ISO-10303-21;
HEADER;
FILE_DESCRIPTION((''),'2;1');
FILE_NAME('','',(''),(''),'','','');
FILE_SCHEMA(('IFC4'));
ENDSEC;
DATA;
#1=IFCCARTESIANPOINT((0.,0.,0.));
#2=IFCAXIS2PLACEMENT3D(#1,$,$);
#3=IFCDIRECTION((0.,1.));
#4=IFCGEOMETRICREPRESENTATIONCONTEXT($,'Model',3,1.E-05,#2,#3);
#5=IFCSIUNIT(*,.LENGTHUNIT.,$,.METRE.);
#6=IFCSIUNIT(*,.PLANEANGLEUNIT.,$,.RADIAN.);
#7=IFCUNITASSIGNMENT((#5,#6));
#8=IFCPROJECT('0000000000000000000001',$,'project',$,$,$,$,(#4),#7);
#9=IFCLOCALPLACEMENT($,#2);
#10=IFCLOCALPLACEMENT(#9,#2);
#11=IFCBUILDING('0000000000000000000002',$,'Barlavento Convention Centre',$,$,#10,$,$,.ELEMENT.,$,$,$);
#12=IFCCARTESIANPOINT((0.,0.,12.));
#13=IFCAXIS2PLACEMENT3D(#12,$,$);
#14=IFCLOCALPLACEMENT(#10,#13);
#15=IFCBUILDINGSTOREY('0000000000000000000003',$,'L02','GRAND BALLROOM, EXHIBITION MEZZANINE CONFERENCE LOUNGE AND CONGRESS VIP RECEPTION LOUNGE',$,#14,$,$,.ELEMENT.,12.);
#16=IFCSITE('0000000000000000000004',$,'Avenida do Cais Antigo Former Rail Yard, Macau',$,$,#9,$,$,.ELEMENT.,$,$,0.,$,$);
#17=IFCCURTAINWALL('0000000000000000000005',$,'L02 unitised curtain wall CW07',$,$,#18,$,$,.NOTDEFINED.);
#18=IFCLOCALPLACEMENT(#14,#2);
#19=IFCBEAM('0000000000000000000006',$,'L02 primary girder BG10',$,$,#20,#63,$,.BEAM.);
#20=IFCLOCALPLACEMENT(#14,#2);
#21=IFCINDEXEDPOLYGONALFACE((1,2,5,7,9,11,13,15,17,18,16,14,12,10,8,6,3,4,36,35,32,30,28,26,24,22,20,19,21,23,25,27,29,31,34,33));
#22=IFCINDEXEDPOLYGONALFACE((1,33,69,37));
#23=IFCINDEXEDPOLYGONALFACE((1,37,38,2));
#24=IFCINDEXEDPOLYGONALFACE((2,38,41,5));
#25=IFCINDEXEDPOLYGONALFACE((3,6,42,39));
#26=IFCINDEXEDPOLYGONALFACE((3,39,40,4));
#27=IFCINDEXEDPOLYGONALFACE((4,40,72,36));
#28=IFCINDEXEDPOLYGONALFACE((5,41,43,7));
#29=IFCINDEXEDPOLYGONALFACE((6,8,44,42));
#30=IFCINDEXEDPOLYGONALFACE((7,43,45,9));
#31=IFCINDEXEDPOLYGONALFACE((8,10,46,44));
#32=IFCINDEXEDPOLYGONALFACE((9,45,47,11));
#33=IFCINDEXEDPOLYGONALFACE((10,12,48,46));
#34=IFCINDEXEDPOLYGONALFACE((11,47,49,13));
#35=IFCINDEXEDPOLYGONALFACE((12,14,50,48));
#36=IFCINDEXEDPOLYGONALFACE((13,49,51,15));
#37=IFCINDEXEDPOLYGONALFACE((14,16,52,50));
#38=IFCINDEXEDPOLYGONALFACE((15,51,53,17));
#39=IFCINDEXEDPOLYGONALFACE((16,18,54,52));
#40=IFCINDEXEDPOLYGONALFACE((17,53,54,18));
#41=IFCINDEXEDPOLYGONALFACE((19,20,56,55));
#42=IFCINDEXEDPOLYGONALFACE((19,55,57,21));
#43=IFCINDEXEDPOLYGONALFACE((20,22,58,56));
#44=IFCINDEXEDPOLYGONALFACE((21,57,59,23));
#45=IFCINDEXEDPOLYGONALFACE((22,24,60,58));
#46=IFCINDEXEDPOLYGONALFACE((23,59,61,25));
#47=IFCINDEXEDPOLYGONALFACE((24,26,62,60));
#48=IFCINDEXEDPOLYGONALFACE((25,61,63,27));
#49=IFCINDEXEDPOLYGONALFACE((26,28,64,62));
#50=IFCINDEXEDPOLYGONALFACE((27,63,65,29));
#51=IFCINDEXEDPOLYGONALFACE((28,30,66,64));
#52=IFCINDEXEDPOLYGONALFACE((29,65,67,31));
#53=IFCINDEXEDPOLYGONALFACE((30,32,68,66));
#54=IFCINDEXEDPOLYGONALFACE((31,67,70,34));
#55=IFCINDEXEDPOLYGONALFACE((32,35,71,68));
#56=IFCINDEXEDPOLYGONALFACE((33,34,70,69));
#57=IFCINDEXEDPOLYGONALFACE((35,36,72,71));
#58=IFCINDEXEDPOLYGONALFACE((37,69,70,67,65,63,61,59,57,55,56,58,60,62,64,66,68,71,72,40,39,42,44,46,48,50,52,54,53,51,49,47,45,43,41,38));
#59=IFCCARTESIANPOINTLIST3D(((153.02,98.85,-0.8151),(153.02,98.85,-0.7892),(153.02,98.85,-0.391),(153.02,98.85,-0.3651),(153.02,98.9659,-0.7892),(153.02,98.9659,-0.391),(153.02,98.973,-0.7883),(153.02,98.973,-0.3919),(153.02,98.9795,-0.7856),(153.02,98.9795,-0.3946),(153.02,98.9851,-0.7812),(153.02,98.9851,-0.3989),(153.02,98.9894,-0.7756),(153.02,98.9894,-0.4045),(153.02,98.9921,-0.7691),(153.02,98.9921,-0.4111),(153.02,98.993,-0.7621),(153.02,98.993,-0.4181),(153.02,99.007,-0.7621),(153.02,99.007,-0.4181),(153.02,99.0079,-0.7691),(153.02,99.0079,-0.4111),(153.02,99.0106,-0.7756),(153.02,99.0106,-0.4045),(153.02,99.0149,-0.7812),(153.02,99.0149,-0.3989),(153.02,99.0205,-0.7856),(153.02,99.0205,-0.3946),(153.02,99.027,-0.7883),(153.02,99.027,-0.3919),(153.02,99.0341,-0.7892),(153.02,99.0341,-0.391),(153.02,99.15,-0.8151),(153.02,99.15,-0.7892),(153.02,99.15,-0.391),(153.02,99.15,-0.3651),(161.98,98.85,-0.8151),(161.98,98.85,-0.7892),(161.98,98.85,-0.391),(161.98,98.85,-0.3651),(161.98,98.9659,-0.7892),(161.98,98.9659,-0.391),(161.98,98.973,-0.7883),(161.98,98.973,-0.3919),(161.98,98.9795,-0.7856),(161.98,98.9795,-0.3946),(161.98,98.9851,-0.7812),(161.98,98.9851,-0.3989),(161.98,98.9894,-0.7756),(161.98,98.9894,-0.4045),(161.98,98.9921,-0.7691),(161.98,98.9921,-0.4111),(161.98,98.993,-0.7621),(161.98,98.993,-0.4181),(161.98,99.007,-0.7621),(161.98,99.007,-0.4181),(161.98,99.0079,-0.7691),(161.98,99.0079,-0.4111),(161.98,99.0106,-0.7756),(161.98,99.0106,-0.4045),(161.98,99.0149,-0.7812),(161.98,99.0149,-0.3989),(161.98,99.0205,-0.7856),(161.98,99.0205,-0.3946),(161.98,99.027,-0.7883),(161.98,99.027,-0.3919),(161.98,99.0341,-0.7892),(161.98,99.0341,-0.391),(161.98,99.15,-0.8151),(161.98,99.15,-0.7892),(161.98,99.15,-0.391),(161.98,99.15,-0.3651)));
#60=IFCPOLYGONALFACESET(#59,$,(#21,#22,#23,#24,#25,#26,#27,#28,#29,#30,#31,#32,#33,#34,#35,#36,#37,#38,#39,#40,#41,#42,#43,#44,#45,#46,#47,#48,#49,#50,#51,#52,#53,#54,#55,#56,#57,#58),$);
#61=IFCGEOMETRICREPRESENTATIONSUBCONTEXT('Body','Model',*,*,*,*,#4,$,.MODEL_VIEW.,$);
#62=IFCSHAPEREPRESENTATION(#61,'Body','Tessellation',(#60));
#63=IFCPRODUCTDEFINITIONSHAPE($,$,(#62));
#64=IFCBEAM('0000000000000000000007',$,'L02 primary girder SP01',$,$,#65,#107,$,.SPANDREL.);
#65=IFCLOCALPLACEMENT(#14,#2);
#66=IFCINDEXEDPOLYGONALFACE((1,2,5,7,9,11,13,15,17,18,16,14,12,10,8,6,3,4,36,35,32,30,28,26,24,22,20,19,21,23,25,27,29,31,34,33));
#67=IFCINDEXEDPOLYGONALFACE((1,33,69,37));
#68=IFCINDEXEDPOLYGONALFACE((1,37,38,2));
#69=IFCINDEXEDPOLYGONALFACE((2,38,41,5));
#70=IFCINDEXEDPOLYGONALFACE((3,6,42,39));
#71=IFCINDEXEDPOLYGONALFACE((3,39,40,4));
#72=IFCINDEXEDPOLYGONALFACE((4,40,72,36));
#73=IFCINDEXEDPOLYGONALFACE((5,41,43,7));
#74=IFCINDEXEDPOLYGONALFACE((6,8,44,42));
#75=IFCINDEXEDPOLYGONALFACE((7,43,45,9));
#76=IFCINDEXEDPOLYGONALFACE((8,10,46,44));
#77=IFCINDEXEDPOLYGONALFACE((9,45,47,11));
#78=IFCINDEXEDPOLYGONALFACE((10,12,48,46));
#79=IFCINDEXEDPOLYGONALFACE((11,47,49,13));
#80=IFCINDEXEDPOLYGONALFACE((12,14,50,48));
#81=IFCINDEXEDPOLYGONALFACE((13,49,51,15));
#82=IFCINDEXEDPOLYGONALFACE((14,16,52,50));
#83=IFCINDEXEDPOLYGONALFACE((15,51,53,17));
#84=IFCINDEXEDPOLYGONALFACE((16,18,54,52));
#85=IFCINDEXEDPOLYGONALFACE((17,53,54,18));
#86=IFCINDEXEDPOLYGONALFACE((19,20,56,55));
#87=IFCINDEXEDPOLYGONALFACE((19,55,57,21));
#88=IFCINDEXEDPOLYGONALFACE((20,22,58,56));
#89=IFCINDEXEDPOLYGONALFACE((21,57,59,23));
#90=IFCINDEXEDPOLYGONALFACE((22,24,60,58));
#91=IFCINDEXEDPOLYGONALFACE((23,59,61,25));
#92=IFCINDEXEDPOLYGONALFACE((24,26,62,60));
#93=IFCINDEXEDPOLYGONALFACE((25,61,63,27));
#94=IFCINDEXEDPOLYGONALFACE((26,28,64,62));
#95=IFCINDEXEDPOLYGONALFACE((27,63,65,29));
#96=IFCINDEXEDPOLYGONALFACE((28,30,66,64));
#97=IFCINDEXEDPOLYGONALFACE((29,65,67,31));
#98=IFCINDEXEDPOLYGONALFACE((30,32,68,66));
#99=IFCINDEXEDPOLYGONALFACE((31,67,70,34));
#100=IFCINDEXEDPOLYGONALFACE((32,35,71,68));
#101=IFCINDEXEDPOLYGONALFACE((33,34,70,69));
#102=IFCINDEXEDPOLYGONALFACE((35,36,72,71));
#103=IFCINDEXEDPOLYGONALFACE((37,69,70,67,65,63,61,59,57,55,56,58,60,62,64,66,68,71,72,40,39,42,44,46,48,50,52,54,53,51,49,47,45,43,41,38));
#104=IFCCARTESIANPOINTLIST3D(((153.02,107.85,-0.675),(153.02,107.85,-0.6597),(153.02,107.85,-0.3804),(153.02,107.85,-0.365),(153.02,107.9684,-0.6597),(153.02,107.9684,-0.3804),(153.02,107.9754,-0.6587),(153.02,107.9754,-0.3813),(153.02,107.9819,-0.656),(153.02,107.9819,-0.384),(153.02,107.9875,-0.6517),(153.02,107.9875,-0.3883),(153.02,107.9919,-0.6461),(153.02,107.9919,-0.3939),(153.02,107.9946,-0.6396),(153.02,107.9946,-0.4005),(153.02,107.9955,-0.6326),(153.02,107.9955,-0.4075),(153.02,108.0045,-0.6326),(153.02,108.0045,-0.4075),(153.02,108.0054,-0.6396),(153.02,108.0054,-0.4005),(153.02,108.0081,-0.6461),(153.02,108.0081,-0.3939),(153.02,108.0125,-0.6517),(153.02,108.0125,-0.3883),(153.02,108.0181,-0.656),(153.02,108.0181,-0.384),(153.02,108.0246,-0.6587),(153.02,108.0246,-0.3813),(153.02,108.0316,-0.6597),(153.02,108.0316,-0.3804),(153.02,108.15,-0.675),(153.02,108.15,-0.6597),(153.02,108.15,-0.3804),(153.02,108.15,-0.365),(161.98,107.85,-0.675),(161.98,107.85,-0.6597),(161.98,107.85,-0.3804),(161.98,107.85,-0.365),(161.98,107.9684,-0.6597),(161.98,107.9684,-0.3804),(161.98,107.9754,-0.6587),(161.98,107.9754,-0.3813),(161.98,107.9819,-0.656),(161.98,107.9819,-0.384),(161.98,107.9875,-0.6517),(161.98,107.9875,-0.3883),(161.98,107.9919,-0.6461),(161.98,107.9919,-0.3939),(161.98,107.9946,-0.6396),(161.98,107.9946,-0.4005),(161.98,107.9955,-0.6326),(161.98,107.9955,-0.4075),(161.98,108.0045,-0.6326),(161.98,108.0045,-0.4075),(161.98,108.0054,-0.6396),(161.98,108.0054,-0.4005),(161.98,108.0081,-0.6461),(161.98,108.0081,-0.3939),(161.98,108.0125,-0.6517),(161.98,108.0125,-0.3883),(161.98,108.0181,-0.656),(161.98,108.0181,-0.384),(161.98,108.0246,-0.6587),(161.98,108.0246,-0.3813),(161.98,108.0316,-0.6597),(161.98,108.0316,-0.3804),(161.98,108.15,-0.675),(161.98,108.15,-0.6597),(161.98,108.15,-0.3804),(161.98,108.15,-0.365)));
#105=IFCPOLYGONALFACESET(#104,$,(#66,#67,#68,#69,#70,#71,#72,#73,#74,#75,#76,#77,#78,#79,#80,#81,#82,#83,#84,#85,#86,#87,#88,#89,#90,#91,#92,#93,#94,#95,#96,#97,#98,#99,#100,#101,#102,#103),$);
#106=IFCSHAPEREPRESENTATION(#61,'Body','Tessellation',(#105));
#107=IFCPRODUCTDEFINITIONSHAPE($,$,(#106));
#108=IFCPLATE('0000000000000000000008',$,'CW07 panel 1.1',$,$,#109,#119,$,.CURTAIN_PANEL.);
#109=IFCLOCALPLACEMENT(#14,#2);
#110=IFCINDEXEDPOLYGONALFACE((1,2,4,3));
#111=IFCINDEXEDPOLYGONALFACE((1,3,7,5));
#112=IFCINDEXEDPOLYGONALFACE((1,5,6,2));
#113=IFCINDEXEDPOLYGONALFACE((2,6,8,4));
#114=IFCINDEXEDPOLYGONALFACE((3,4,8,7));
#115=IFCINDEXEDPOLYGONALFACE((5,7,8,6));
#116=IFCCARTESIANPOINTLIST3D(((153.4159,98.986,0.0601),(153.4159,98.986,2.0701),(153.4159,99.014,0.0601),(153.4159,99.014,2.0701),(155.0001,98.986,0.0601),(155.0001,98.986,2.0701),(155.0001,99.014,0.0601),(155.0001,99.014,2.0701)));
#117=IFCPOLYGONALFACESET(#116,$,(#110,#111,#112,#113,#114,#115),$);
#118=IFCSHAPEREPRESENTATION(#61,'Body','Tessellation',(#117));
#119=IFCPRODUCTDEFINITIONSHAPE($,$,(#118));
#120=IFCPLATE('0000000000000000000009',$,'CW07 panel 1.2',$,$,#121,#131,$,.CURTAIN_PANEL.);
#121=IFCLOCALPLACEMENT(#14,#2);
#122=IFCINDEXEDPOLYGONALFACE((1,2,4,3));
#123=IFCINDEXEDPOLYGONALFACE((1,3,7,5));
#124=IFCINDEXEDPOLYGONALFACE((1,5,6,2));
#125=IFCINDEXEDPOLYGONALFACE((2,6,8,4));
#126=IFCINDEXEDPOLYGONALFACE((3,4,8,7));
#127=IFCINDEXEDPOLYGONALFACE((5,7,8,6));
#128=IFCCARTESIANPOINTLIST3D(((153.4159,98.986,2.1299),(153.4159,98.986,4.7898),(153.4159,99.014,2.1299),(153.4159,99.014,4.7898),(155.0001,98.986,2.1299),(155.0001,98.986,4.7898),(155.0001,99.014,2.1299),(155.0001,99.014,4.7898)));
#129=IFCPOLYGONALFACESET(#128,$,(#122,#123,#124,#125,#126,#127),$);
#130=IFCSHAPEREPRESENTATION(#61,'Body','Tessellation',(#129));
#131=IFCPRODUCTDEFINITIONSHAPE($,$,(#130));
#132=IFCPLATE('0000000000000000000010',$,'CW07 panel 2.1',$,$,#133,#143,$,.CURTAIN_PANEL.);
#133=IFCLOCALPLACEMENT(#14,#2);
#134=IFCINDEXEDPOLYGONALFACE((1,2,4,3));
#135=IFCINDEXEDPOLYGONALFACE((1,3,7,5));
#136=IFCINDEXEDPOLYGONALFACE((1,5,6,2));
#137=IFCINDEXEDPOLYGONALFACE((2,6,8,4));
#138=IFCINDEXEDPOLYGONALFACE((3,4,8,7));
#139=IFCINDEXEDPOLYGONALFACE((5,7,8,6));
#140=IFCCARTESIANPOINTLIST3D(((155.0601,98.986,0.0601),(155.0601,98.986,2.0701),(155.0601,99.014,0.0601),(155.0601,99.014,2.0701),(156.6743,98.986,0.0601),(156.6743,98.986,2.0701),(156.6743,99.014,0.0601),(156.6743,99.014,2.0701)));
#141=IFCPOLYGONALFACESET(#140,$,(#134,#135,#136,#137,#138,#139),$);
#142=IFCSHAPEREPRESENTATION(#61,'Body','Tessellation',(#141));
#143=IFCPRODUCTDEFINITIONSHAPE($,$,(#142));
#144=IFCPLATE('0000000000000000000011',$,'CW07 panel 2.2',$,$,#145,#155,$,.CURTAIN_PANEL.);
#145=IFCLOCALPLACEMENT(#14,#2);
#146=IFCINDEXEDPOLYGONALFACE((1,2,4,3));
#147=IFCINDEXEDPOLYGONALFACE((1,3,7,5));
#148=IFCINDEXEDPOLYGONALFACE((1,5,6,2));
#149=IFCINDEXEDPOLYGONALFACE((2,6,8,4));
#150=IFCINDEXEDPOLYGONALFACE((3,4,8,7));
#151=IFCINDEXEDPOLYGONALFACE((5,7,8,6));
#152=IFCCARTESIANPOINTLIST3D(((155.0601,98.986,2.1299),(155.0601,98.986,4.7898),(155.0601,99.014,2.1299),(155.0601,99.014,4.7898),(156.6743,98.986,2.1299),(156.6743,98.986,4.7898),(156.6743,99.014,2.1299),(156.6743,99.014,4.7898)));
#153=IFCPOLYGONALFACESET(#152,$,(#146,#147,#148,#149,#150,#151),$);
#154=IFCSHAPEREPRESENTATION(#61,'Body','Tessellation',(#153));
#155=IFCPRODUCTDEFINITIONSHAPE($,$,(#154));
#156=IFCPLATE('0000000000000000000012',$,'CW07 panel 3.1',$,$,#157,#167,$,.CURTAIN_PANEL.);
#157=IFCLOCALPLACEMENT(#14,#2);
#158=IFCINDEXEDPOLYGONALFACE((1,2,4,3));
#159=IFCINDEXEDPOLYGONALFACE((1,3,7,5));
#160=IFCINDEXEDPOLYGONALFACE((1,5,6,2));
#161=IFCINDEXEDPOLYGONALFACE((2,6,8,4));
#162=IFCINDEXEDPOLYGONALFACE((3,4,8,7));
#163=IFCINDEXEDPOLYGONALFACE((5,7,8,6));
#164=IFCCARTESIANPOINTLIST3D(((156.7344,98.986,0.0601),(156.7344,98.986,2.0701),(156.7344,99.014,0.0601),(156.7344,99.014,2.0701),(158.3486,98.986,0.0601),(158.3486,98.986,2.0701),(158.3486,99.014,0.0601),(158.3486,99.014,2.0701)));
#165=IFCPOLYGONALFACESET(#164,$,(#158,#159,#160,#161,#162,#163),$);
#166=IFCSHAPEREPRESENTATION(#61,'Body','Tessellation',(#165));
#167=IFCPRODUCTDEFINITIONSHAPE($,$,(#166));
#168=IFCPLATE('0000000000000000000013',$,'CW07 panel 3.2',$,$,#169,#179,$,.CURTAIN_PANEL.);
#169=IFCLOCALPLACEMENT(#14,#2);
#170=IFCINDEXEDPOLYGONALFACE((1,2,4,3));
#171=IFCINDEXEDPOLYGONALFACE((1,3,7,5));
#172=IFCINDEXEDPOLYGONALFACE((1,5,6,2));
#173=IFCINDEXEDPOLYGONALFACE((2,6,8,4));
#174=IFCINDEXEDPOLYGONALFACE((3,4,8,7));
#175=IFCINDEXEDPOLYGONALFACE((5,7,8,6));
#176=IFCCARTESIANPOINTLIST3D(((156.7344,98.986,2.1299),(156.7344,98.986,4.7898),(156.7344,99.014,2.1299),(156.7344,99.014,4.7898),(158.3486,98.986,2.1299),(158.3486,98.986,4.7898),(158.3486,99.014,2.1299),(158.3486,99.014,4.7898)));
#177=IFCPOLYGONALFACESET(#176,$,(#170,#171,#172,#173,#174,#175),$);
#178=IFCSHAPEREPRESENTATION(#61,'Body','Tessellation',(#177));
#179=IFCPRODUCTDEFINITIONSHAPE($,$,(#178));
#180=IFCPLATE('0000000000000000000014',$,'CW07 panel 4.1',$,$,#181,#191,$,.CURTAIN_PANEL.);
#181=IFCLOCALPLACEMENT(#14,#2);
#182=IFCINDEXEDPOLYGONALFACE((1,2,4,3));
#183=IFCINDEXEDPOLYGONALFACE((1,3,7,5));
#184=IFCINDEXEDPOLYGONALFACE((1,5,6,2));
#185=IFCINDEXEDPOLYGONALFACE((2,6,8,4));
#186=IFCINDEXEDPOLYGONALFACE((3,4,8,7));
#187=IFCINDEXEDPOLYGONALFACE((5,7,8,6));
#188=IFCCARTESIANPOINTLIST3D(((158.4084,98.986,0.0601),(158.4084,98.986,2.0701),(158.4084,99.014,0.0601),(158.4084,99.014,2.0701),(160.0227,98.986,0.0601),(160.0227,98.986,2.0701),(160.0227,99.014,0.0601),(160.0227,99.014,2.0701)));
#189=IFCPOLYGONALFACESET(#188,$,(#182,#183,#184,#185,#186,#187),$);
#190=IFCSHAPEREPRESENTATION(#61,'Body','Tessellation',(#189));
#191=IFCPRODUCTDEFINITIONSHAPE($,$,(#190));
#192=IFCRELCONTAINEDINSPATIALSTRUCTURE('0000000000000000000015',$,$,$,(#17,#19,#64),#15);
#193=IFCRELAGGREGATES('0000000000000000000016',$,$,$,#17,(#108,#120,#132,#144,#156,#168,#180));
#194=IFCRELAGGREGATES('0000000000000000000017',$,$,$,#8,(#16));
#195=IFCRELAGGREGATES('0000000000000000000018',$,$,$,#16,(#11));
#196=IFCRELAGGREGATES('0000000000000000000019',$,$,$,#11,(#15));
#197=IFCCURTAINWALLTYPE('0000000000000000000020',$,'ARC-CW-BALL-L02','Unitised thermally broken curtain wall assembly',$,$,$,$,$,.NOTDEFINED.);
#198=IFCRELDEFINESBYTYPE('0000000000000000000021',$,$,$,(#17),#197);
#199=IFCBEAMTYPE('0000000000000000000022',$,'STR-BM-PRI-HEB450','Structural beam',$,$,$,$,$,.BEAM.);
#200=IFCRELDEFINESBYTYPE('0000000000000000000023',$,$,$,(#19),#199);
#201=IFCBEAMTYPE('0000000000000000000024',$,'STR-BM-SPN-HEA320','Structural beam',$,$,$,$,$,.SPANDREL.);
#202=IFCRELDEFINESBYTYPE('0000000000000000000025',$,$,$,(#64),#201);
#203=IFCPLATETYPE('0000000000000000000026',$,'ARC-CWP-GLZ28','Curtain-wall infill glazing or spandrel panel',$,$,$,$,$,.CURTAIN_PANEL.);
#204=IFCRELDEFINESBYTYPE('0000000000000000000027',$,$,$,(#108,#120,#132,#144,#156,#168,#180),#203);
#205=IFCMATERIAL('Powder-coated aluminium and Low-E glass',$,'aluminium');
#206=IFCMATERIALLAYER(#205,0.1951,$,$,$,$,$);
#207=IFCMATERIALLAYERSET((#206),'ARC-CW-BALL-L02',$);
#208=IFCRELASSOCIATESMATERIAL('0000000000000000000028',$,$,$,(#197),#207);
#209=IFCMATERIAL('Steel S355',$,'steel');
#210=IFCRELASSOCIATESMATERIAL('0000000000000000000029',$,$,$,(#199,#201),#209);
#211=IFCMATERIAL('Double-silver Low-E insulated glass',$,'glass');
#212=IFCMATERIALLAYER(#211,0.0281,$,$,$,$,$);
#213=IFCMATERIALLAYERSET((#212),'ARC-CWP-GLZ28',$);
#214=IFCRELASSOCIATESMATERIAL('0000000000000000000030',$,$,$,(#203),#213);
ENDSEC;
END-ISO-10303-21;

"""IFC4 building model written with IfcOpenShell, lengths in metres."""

from ifc_helpers import new_model, si_unit, direction, frame, origin, origin_2d, place, context, subcontext, project, spatial, rectangle, i_section, extrude, material, layer, layer_set, material_profile, profile_set, type_object, element, aggregate, save


model = new_model("IFC4")

# Units and contexts
model_context = context("Model", 3, precision=1e-05, world=origin(), true_north=direction((0.0, 1.0)))
body_context = subcontext(model_context, "Body", "Model", "MODEL_VIEW")
ifc_project = project(units=[si_unit("LENGTHUNIT", "METRE"), si_unit("PLANEANGLEUNIT", "RADIAN")], contexts=[model_context])

# Site, building, storey
site_placement = place(None, origin())
site = spatial("IfcSite", under=ifc_project, at=site_placement, Name="Avenida do Cais Antigo Former Rail Yard, Macau", CompositionType="ELEMENT", RefElevation=0.0)
building_placement = place(site_placement, origin())
building = spatial("IfcBuilding", under=site, at=building_placement, Name="Barlavento Convention Centre", CompositionType="ELEMENT")
storey_placement = place(building_placement, frame((0.0, 0.0, 12.0)))
storey = spatial("IfcBuildingStorey", under=building, at=storey_placement, Name="L02", Description="GRAND BALLROOM, EXHIBITION MEZZANINE CONFERENCE LOUNGE AND CONGRESS VIP RECEPTION LOUNGE", CompositionType="ELEMENT", Elevation=12.0)

# Shared definitions
ifc_material_1 = material(Name="Steel S355", Category="steel")

# Curtain wall
ifc_material_2 = material(Name="Powder-coated aluminium and Low-E glass", Category="aluminium")
ifc_layer_1 = layer(ifc_material_2, 0.1951)
ifc_layer_set_1 = layer_set([ifc_layer_1], Name="ARC-CW-BALL-L02")
curtain_wall_type = type_object("IfcCurtainWallType", Name="ARC-CW-BALL-L02", Description="Unitised thermally broken curtain wall assembly", PredefinedType="NOTDEFINED", material=ifc_layer_set_1)
curtain_wall_placement = place(storey_placement, origin())
curtain_wall = element("IfcCurtainWall", 1, at=curtain_wall_placement, inside=storey, type_object=curtain_wall_type, Name="L02 unitised curtain wall CW07", PredefinedType="NOTDEFINED")

# Beams
ifc_material_profile_1 = material_profile(ifc_material_1, i_section(OverallWidth=0.3, OverallDepth=0.45, WebThickness=0.0139, FlangeThickness=0.0259, FilletRadius=0.0271, at=origin_2d()), Name="HEB 450")
ifc_profile_set_1 = profile_set([ifc_material_profile_1], Name="Steel S355")
beam_type_1 = type_object("IfcBeamType", Name="STR-BM-PRI-HEB450", Description="Structural beam", PredefinedType="BEAM", material=ifc_profile_set_1)
beam_1_placement = place(storey_placement, frame((153.02, 99.0, -0.5901), z_axis=(1.0, 0.0, 0.0), x_axis=(0.0, 1.0, 0.0)))
element("IfcBeam", 2, at=beam_1_placement, inside=storey, type_object=beam_type_1, Name="L02 primary girder BG10", PredefinedType="BEAM", context=body_context, shape_type="SweptSolid", body=[
    extrude(i_section(OverallWidth=0.3, OverallDepth=0.45, WebThickness=0.0139, FlangeThickness=0.0259, FilletRadius=0.0271, at=origin_2d()), origin(), (0.0, 0.0, 1.0), 8.96),
])
ifc_material_profile_2 = material_profile(ifc_material_1, i_section(OverallWidth=0.3, OverallDepth=0.3101, WebThickness=0.009, FlangeThickness=0.0154, FilletRadius=0.0271, at=origin_2d()), Name="HEA 320")
ifc_profile_set_2 = profile_set([ifc_material_profile_2], Name="Steel S355")
beam_type_2 = type_object("IfcBeamType", Name="STR-BM-SPN-HEA320", Description="Structural beam", PredefinedType="SPANDREL", material=ifc_profile_set_2)
beam_2_placement = place(storey_placement, frame((153.02, 108.0, -0.52), z_axis=(1.0, 0.0, 0.0), x_axis=(0.0, 1.0, 0.0)))
element("IfcBeam", 3, at=beam_2_placement, inside=storey, type_object=beam_type_2, Name="L02 primary girder SP01", PredefinedType="SPANDREL", context=body_context, shape_type="SweptSolid", body=[
    extrude(i_section(OverallWidth=0.3, OverallDepth=0.3101, WebThickness=0.009, FlangeThickness=0.0154, FilletRadius=0.0271, at=origin_2d()), origin(), (0.0, 0.0, 1.0), 8.96),
])

# Plates
ifc_material_3 = material(Name="Double-silver Low-E insulated glass", Category="glass")
ifc_layer_2 = layer(ifc_material_3, 0.0281)
ifc_layer_set_2 = layer_set([ifc_layer_2], Name="ARC-CWP-GLZ28")
plate_type = type_object("IfcPlateType", Name="ARC-CWP-GLZ28", Description="Curtain-wall infill glazing or spandrel panel", PredefinedType="CURTAIN_PANEL", material=ifc_layer_set_2)
plate_1_placement = place(storey_placement, frame((154.208, 99.0, 0.0601), z_axis=(0.0, 0.0, 1.0), x_axis=(1.0, 0.0, 0.0)))
plate_1 = element("IfcPlate", 4, at=plate_1_placement, type_object=plate_type, Name="CW07 panel 1.1", PredefinedType="CURTAIN_PANEL", context=body_context, shape_type="SweptSolid", body=[
    extrude(rectangle(XDim=1.5842, YDim=0.0281, at=origin_2d()), origin(), (0.0, 0.0, 1.0), 2.01),
])
plate_2_placement = place(storey_placement, frame((154.208, 99.0, 2.1299), z_axis=(0.0, 0.0, 1.0), x_axis=(1.0, 0.0, 0.0)))
plate_2 = element("IfcPlate", 5, at=plate_2_placement, type_object=plate_type, Name="CW07 panel 1.2", PredefinedType="CURTAIN_PANEL", context=body_context, shape_type="SweptSolid", body=[
    extrude(rectangle(XDim=1.5842, YDim=0.0281, at=origin_2d()), origin(), (0.0, 0.0, 1.0), 2.6599),
])
plate_3_placement = place(storey_placement, frame((155.8672, 99.0, 0.0601), z_axis=(0.0, 0.0, 1.0), x_axis=(1.0, 0.0, 0.0)))
plate_3 = element("IfcPlate", 6, at=plate_3_placement, type_object=plate_type, Name="CW07 panel 2.1", PredefinedType="CURTAIN_PANEL", context=body_context, shape_type="SweptSolid", body=[
    extrude(rectangle(XDim=1.6143, YDim=0.0281, at=origin_2d()), origin(), (0.0, 0.0, 1.0), 2.01),
])
plate_4_placement = place(storey_placement, frame((155.8672, 99.0, 2.1299), z_axis=(0.0, 0.0, 1.0), x_axis=(1.0, 0.0, 0.0)))
plate_4 = element("IfcPlate", 7, at=plate_4_placement, type_object=plate_type, Name="CW07 panel 2.2", PredefinedType="CURTAIN_PANEL", context=body_context, shape_type="SweptSolid", body=[
    extrude(rectangle(XDim=1.6143, YDim=0.0281, at=origin_2d()), origin(), (0.0, 0.0, 1.0), 2.6599),
])
plate_5_placement = place(storey_placement, frame((157.5415, 99.0, 0.0601), z_axis=(0.0, 0.0, 1.0), x_axis=(1.0, 0.0, 0.0)))
plate_5 = element("IfcPlate", 8, at=plate_5_placement, type_object=plate_type, Name="CW07 panel 3.1", PredefinedType="CURTAIN_PANEL", context=body_context, shape_type="SweptSolid", body=[
    extrude(rectangle(XDim=1.6143, YDim=0.0281, at=origin_2d()), origin(), (0.0, 0.0, 1.0), 2.01),
])
plate_6_placement = place(storey_placement, frame((157.5415, 99.0, 2.1299), z_axis=(0.0, 0.0, 1.0), x_axis=(1.0, 0.0, 0.0)))
plate_6 = element("IfcPlate", 9, at=plate_6_placement, type_object=plate_type, Name="CW07 panel 3.2", PredefinedType="CURTAIN_PANEL", context=body_context, shape_type="SweptSolid", body=[
    extrude(rectangle(XDim=1.6143, YDim=0.0281, at=origin_2d()), origin(), (0.0, 0.0, 1.0), 2.6599),
])
plate_7_placement = place(storey_placement, frame((159.2156, 99.0, 0.0601), z_axis=(0.0, 0.0, 1.0), x_axis=(1.0, 0.0, 0.0)))
plate_7 = element("IfcPlate", 10, at=plate_7_placement, type_object=plate_type, Name="CW07 panel 4.1", PredefinedType="CURTAIN_PANEL", context=body_context, shape_type="SweptSolid", body=[
    extrude(rectangle(XDim=1.6143, YDim=0.0281, at=origin_2d()), origin(), (0.0, 0.0, 1.0), 2.01),
])
aggregate(curtain_wall, [plate_1, plate_2, plate_3, plate_4, plate_5, plate_6, plate_7])

save(model, "model.ifc")
